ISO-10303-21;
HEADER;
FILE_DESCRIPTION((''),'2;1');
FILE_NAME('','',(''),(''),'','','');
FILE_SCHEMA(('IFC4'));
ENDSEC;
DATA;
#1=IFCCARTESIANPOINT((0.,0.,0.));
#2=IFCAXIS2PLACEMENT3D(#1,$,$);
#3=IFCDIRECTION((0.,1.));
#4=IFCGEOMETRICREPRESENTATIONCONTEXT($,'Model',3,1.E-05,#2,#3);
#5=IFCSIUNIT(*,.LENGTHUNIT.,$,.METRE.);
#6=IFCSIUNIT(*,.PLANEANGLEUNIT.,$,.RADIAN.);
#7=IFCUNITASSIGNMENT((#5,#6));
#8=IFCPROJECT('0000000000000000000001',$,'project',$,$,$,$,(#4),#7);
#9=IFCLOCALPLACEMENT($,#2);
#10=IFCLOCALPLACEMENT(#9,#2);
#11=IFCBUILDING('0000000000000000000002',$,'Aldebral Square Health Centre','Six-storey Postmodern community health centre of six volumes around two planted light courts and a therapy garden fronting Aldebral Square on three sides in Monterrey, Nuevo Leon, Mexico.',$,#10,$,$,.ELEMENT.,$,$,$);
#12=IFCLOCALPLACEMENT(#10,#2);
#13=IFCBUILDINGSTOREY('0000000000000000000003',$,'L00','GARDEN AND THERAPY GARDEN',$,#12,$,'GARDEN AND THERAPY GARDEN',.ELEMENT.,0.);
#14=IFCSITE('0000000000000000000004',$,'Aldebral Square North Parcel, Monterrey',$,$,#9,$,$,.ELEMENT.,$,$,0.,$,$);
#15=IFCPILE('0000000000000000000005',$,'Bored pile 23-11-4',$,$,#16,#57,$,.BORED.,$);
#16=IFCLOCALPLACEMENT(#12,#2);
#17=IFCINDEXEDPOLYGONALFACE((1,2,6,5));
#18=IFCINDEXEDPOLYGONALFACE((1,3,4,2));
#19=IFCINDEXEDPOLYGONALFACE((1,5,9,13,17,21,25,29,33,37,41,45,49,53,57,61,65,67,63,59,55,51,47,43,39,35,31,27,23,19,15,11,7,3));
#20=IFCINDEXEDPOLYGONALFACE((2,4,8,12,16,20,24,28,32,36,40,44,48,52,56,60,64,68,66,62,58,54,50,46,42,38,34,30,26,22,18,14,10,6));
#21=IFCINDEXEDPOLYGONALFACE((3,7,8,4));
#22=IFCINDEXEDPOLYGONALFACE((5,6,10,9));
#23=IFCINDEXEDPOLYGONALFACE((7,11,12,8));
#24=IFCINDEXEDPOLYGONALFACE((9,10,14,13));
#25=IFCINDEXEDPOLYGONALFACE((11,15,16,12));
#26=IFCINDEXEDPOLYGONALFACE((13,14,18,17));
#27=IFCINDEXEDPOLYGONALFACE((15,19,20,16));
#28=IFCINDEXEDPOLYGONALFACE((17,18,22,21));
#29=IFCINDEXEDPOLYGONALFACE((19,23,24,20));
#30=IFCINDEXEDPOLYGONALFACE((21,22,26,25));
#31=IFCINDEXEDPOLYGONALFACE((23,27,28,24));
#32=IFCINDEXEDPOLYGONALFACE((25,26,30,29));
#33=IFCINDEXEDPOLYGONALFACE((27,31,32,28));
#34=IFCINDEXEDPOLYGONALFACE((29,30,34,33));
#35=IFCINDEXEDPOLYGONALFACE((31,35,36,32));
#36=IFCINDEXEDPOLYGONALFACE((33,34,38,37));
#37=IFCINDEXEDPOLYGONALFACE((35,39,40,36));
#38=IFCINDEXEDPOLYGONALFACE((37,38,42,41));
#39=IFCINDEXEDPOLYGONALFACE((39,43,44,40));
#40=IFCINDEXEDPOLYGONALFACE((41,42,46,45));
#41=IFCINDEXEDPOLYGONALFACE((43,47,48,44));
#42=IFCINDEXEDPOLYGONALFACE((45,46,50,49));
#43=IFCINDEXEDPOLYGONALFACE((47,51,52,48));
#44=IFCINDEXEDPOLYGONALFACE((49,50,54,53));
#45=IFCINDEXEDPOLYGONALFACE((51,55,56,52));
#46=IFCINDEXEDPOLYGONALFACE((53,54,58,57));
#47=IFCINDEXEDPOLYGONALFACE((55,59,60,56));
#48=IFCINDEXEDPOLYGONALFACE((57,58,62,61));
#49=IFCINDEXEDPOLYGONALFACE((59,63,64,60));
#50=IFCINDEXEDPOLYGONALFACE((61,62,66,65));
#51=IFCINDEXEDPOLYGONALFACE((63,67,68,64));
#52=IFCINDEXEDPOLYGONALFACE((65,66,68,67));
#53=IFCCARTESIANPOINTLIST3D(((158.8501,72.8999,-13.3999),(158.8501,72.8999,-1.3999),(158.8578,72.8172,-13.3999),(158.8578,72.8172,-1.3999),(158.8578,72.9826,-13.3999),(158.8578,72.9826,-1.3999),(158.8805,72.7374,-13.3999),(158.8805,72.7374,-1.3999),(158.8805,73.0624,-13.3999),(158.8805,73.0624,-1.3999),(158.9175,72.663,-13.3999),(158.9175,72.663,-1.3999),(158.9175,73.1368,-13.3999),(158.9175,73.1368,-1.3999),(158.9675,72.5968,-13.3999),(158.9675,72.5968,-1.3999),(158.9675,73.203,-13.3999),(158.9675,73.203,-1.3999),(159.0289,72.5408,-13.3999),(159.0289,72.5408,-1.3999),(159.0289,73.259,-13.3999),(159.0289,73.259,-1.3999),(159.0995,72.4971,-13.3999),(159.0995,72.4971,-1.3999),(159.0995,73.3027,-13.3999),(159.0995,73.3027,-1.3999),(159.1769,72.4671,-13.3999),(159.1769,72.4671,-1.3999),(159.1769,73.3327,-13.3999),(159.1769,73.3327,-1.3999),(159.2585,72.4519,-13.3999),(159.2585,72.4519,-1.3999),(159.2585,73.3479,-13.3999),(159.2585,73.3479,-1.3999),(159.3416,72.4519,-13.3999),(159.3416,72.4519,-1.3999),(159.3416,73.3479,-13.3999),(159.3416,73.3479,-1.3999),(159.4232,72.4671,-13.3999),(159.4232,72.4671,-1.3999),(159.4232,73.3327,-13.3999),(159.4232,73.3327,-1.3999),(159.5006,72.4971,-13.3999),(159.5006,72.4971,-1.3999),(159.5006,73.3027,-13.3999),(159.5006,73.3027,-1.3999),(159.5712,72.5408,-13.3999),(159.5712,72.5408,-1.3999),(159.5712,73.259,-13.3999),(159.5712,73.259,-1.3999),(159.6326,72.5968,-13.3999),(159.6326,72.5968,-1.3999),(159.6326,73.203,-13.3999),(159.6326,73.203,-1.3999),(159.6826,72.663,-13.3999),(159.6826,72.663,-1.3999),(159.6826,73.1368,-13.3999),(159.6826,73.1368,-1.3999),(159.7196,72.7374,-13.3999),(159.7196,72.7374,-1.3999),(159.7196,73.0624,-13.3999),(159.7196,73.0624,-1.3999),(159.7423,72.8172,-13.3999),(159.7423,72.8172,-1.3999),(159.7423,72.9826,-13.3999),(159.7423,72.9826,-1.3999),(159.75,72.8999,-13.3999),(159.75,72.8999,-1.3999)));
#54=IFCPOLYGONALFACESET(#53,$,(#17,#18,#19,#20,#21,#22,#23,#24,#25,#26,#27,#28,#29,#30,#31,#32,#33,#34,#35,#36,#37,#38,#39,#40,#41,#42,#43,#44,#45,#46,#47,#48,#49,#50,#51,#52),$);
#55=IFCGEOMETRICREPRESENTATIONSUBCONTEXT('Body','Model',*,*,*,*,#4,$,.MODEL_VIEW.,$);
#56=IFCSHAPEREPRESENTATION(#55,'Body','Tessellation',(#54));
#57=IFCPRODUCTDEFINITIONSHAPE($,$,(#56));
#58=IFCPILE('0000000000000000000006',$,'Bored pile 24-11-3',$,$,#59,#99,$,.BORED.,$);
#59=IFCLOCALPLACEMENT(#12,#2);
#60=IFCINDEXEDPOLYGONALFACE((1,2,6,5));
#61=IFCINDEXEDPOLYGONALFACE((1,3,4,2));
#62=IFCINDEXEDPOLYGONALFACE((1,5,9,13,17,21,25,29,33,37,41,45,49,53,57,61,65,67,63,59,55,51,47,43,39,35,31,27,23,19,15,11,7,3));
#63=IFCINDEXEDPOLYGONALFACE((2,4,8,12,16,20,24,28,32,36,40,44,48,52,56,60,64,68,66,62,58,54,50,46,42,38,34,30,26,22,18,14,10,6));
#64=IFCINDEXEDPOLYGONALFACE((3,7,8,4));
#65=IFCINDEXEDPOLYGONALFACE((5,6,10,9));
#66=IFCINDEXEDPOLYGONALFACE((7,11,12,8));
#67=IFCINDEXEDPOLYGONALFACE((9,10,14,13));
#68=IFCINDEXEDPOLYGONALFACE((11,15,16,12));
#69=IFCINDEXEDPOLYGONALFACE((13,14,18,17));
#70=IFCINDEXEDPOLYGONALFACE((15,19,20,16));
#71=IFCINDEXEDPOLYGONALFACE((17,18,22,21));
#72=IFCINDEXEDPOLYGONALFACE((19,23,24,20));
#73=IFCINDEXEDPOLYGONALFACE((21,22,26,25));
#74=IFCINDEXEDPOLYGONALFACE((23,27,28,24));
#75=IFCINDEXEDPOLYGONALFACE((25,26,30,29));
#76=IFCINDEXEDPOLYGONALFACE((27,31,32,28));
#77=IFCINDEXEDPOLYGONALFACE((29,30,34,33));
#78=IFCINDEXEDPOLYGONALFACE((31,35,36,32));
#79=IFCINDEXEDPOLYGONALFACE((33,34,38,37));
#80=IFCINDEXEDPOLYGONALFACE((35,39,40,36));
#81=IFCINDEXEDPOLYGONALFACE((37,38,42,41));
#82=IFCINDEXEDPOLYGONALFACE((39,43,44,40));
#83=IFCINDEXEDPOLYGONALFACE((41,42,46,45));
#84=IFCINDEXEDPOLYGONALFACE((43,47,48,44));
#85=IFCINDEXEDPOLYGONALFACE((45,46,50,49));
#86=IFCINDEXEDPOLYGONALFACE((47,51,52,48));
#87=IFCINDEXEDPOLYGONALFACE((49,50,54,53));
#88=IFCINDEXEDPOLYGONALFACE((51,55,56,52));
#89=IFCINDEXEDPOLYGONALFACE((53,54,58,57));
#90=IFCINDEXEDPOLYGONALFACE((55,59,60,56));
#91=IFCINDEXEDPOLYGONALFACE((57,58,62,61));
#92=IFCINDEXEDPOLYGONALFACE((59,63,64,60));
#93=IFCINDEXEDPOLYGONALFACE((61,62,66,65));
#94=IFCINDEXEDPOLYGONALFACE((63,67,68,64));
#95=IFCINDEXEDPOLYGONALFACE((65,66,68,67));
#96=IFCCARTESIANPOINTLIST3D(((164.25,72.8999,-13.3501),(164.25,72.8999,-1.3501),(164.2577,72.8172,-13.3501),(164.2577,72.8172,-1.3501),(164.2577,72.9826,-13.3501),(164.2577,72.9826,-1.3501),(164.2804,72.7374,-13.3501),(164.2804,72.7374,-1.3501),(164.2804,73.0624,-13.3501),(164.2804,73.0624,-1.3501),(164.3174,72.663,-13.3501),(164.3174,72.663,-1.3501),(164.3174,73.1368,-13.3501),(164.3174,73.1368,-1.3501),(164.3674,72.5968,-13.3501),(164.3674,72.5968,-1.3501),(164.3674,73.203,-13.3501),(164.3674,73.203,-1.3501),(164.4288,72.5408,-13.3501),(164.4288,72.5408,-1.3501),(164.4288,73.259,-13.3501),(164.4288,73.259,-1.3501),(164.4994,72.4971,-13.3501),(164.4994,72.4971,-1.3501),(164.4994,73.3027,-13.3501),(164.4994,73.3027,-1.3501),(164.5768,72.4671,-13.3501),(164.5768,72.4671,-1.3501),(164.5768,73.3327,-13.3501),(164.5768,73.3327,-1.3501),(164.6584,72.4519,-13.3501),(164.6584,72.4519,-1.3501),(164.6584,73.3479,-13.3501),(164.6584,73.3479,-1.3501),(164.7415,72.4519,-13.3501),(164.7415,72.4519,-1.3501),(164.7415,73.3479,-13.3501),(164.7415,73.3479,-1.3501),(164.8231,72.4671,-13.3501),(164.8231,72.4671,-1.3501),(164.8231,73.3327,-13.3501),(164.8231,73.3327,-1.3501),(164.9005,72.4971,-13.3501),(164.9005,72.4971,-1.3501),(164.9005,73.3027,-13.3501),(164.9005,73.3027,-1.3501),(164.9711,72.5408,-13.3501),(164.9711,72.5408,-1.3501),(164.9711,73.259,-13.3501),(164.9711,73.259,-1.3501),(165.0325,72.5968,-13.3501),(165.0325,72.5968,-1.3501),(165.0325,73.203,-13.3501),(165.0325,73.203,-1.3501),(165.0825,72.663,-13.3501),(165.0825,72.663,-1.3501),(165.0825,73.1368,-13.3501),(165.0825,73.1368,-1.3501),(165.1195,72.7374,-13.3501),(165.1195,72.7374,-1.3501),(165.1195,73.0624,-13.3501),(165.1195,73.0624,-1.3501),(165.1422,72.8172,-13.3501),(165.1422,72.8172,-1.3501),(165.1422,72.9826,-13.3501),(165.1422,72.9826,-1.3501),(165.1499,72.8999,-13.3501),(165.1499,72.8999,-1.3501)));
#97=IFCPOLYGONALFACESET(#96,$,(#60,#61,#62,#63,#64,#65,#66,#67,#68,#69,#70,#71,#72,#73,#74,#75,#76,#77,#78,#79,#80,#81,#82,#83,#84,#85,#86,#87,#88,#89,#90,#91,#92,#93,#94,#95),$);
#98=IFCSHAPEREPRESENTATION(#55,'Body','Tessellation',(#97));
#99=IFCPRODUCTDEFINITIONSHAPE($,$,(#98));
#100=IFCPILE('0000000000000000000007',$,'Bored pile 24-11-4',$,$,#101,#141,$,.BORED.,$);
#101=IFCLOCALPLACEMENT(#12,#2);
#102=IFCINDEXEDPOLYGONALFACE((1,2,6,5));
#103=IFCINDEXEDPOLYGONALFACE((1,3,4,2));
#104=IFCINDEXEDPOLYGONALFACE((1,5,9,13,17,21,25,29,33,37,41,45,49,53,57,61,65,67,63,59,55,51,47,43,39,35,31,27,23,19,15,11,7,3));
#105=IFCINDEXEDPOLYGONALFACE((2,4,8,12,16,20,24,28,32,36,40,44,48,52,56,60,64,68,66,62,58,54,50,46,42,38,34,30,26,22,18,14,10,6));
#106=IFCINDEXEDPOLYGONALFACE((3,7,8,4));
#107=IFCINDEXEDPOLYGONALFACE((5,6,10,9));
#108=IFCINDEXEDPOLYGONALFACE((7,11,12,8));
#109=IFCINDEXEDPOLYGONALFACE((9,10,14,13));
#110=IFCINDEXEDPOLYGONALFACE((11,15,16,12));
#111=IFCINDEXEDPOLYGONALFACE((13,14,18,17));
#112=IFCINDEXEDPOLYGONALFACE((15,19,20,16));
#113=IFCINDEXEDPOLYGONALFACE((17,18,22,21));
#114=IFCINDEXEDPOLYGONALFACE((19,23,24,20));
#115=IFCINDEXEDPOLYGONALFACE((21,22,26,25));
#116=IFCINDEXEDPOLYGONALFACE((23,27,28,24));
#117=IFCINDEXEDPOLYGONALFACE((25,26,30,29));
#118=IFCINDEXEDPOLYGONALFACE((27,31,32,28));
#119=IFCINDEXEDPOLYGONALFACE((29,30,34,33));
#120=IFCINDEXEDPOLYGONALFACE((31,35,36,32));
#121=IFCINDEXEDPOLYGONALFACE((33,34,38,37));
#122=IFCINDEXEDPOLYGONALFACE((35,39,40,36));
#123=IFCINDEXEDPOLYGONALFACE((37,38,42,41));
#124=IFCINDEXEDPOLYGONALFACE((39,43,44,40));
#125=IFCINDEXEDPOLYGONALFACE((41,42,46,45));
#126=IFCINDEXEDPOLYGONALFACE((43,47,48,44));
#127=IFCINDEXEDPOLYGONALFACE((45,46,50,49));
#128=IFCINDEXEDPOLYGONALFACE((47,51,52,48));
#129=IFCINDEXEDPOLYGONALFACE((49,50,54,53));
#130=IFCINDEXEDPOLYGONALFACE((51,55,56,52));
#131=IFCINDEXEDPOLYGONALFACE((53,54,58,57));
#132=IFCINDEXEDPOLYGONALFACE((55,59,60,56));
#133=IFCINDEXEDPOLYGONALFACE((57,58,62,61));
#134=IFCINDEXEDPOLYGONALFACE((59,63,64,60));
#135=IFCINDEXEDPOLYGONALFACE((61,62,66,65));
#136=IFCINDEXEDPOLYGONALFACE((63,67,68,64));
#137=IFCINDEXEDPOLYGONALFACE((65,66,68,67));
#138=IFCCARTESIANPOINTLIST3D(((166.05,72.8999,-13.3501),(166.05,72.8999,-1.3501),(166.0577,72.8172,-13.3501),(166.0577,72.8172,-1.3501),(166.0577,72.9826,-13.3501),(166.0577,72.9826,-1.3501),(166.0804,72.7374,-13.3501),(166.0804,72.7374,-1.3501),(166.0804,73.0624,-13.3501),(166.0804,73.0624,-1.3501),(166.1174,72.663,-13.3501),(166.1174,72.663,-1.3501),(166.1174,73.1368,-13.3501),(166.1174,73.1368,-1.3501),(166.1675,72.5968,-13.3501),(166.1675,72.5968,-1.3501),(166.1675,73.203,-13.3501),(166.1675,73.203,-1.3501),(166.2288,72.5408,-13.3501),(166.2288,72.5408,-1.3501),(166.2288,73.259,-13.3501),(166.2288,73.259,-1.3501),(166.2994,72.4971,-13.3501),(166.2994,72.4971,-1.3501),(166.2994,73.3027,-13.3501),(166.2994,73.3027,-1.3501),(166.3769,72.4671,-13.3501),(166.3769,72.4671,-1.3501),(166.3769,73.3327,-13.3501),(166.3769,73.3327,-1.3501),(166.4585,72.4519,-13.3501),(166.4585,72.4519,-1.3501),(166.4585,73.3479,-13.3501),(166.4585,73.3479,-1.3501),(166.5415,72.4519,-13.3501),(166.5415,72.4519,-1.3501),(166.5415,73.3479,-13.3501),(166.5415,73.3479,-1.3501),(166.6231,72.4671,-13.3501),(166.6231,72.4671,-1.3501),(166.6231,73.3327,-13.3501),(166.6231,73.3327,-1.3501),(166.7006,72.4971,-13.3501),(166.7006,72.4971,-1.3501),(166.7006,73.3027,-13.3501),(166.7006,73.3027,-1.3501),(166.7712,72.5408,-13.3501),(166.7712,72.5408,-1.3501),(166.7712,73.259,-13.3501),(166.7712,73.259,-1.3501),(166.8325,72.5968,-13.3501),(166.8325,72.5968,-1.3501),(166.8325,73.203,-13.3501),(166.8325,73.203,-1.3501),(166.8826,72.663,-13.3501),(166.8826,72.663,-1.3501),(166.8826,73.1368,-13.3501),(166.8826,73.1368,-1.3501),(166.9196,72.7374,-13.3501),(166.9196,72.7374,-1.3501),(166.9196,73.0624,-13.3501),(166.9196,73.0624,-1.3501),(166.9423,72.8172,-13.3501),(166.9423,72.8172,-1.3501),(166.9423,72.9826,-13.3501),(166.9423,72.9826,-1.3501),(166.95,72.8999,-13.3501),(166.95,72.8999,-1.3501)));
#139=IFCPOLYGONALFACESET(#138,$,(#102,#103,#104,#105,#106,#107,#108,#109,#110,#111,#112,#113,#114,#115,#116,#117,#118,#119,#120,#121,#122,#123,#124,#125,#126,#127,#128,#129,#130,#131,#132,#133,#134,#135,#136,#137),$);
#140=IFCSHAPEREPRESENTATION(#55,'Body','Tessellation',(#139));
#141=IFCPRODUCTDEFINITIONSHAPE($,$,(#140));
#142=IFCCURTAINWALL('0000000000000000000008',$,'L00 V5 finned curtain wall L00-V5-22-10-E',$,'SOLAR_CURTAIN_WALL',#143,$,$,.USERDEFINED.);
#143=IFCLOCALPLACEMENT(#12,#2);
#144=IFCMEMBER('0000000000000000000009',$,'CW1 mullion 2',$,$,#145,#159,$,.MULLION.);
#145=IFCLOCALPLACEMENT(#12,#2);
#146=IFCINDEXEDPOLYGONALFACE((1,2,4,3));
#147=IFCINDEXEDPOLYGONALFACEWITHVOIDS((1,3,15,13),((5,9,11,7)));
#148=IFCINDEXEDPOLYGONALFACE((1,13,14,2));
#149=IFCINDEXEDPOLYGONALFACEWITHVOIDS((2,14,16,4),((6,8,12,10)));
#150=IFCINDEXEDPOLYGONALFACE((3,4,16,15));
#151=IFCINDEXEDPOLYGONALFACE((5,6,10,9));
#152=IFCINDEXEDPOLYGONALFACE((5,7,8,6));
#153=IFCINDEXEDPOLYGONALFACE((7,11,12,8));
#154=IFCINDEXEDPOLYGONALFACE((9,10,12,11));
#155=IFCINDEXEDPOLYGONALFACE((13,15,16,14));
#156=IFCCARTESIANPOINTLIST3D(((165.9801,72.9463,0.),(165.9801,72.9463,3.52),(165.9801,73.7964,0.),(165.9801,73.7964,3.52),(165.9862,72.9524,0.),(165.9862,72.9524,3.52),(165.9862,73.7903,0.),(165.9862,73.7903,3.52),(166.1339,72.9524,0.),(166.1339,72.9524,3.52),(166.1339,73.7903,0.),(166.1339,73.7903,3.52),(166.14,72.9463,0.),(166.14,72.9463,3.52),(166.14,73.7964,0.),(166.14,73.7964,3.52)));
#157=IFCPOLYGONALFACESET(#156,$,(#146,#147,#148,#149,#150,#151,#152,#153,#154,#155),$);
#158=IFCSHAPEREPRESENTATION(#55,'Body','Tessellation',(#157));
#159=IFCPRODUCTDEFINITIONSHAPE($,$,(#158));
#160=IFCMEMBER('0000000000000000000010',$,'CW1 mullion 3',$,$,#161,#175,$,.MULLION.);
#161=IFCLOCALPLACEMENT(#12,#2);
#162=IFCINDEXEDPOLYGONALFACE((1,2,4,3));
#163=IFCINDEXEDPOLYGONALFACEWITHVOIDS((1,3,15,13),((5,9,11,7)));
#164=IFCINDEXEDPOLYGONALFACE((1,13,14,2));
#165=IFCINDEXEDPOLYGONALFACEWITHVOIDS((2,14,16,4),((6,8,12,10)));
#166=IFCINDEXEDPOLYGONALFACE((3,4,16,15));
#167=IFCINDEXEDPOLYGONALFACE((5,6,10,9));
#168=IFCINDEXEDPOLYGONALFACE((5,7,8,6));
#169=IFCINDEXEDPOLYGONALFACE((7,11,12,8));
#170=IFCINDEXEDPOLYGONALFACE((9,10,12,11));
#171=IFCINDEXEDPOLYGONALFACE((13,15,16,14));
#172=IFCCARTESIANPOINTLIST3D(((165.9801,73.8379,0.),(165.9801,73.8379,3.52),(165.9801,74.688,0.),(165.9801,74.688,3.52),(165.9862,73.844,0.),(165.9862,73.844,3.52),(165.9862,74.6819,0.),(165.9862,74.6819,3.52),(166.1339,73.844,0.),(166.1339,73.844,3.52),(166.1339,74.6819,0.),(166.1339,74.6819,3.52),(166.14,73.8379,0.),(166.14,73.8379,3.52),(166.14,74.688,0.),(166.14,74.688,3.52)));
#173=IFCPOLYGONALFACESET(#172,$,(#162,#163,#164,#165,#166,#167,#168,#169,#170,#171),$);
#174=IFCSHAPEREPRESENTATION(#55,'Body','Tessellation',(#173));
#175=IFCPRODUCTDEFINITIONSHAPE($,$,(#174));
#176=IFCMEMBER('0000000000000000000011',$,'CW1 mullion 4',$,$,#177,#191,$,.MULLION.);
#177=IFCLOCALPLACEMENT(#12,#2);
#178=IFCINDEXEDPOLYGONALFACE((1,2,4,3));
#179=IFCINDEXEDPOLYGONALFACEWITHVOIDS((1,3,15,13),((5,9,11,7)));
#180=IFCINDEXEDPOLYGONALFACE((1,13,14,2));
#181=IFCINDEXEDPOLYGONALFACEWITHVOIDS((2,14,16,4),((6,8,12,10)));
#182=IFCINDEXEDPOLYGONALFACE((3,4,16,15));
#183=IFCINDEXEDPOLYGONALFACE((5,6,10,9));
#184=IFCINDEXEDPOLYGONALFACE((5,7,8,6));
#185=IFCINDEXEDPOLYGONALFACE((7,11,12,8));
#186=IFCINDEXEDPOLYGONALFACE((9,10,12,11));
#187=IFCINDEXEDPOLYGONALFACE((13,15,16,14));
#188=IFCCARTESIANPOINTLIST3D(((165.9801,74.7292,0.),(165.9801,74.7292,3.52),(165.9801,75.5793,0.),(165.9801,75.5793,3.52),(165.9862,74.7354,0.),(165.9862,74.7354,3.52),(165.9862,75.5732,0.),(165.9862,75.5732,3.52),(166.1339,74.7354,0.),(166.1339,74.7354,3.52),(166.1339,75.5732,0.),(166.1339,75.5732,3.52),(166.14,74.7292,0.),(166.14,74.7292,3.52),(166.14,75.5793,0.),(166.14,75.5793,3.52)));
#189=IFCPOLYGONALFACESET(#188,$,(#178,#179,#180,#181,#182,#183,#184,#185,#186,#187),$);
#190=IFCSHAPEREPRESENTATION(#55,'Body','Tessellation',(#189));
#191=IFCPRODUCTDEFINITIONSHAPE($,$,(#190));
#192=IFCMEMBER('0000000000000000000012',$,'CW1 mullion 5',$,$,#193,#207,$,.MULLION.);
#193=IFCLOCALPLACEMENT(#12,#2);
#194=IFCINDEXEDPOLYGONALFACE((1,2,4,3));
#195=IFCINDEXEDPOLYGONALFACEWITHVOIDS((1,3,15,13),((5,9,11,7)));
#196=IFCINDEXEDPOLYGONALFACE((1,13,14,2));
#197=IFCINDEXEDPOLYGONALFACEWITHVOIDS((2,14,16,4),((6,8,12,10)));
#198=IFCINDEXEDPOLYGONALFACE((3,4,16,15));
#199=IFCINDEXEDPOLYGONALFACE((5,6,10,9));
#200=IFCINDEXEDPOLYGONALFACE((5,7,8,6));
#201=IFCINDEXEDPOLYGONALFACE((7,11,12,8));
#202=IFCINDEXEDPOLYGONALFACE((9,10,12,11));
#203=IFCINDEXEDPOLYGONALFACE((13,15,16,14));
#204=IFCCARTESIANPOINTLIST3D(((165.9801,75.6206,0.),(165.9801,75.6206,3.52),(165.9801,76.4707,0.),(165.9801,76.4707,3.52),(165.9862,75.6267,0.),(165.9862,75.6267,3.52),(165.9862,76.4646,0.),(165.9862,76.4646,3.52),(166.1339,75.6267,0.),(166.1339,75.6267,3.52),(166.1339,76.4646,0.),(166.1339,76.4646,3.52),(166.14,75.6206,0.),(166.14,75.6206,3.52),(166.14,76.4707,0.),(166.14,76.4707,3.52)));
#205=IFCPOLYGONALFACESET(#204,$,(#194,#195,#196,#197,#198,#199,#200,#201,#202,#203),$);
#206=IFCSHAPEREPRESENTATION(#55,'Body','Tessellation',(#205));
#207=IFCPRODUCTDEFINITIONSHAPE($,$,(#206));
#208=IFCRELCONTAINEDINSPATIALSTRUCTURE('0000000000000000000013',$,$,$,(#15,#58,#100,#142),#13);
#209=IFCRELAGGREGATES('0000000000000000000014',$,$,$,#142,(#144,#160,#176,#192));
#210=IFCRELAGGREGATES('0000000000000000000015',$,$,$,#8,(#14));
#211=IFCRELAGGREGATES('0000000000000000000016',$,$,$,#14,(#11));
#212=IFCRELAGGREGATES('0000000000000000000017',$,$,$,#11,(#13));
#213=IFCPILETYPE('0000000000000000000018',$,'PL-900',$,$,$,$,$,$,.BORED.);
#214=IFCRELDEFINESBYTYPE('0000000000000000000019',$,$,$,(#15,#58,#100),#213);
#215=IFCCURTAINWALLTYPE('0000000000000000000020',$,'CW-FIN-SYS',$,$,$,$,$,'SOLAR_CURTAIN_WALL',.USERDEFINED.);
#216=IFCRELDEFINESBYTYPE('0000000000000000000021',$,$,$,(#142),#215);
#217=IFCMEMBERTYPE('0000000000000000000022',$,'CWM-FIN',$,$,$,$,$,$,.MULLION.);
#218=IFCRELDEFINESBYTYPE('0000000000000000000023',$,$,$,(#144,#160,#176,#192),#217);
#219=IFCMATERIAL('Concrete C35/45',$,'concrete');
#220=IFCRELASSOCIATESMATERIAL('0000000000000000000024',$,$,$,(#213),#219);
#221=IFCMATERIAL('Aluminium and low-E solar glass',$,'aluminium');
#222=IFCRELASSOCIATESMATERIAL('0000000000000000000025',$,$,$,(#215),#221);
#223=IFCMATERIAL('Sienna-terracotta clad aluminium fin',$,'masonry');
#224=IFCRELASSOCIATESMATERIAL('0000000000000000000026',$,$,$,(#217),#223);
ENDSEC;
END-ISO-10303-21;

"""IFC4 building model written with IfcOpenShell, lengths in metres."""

from ifc_helpers import new_model, si_unit, direction, frame, origin, origin_2d, place, context, subcontext, project, spatial, hollow_rectangle, circle, extrude, material, material_profile, profile_set, type_object, element, aggregate, save


model = new_model("IFC4")

# Units and contexts
model_context = context("Model", 3, precision=1e-05, world=origin(), true_north=direction((0.0, 1.0)))
body_context = subcontext(model_context, "Body", "Model", "MODEL_VIEW")
ifc_project = project(units=[si_unit("LENGTHUNIT", "METRE"), si_unit("PLANEANGLEUNIT", "RADIAN")], contexts=[model_context])

# Site, building, storey
site_placement = place(None, origin())
site = spatial("IfcSite", under=ifc_project, at=site_placement, Name="Aldebral Square North Parcel, Monterrey", CompositionType="ELEMENT", RefElevation=0.0)
building_placement = place(site_placement, origin())
building = spatial("IfcBuilding", under=site, at=building_placement, Name="Aldebral Square Health Centre", Description="Six-storey Postmodern community health centre of six volumes around two planted light courts and a therapy garden fronting Aldebral Square on three sides in Monterrey, Nuevo Leon, Mexico.", CompositionType="ELEMENT")
storey_placement = place(building_placement, origin())
storey = spatial("IfcBuildingStorey", under=building, at=storey_placement, Name="L00", Description="GARDEN AND THERAPY GARDEN", LongName="GARDEN AND THERAPY GARDEN", CompositionType="ELEMENT", Elevation=0.0)

# Piles
ifc_material_1 = material(Name="Concrete C35/45", Category="concrete")
ifc_material_profile_1 = material_profile(ifc_material_1, circle(Radius=0.45, at=origin_2d()), Name="PILE D900")
ifc_profile_set_1 = profile_set([ifc_material_profile_1], Name="Concrete C35/45")
pile_type = type_object("IfcPileType", Name="PL-900", PredefinedType="BORED", material=ifc_profile_set_1)
for number, where, z_axis, x_axis, name in (
    (1, (159.3, 72.8999, -1.3999), (0.0, 0.0, -1.0), (1.0, 0.0, 0.0), "Bored pile 23-11-4"),
    (2, (164.7, 72.8999, -1.3501), (0.0, 0.0, -1.0), (1.0, 0.0, 0.0), "Bored pile 24-11-3"),
    (3, (166.5, 72.8999, -1.3501), (0.0, 0.0, -1.0), (1.0, 0.0, 0.0), "Bored pile 24-11-4"),
):
    element("IfcPile", number, at=place(storey_placement, frame(where, z_axis=z_axis, x_axis=x_axis)), inside=storey, type_object=pile_type, Name=name, PredefinedType="BORED", context=body_context, shape_type="SweptSolid", body=[
        extrude(circle(Radius=0.45, at=origin_2d()), origin(), (0.0, 0.0, 1.0), 12.0),
    ])

# Curtain wall, members
ifc_material_2 = material(Name="Aluminium and low-E solar glass", Category="aluminium")
curtain_wall_type = type_object("IfcCurtainWallType", Name="CW-FIN-SYS", ElementType="SOLAR_CURTAIN_WALL", PredefinedType="USERDEFINED", material=ifc_material_2)
curtain_wall_placement = place(storey_placement, origin())
curtain_wall = element("IfcCurtainWall", 4, at=curtain_wall_placement, inside=storey, type_object=curtain_wall_type, Name="L00 V5 finned curtain wall L00-V5-22-10-E", ObjectType="SOLAR_CURTAIN_WALL", PredefinedType="USERDEFINED")
ifc_material_3 = material(Name="Sienna-terracotta clad aluminium fin", Category="masonry")
ifc_material_profile_2 = material_profile(ifc_material_3, hollow_rectangle(XDim=0.1599, YDim=0.8501, WallThickness=0.0061, at=origin_2d()), Name="FIN 160x850x6")
ifc_profile_set_2 = profile_set([ifc_material_profile_2], Name="Sienna-terracotta clad aluminium fin")
member_type_1 = type_object("IfcMemberType", Name="CWM-FIN", PredefinedType="MULLION", material=ifc_profile_set_2)
member_1_placement = place(storey_placement, frame((166.0601, 73.3713, 0.0), z_axis=(0.0, 0.0, 1.0), x_axis=(-1.0, 0.0, 0.0)))
member_1 = element("IfcMember", 5, at=member_1_placement, type_object=member_type_1, Name="CW1 mullion 2", PredefinedType="MULLION", context=body_context, shape_type="SweptSolid", body=[
    extrude(hollow_rectangle(XDim=0.1599, YDim=0.8501, WallThickness=0.0061, at=origin_2d()), origin(), (0.0, 0.0, 1.0), 3.52),
])
member_2_placement = place(storey_placement, frame((166.0601, 74.2629, 0.0), z_axis=(0.0, 0.0, 1.0), x_axis=(-1.0, 0.0, 0.0)))
member_2 = element("IfcMember", 6, at=member_2_placement, type_object=member_type_1, Name="CW1 mullion 3", PredefinedType="MULLION", context=body_context, shape_type="SweptSolid", body=[
    extrude(hollow_rectangle(XDim=0.1599, YDim=0.8501, WallThickness=0.0061, at=origin_2d()), origin(), (0.0, 0.0, 1.0), 3.52),
])
member_3_placement = place(storey_placement, frame((166.0601, 75.1543, 0.0), z_axis=(0.0, 0.0, 1.0), x_axis=(-1.0, 0.0, 0.0)))
member_3 = element("IfcMember", 7, at=member_3_placement, type_object=member_type_1, Name="CW1 mullion 4", PredefinedType="MULLION", context=body_context, shape_type="SweptSolid", body=[
    extrude(hollow_rectangle(XDim=0.1599, YDim=0.8501, WallThickness=0.0061, at=origin_2d()), origin(), (0.0, 0.0, 1.0), 3.52),
])
member_4_placement = place(storey_placement, frame((166.0601, 76.0457, 0.0), z_axis=(0.0, 0.0, 1.0), x_axis=(-1.0, 0.0, 0.0)))
member_4 = element("IfcMember", 8, at=member_4_placement, type_object=member_type_1, Name="CW1 mullion 5", PredefinedType="MULLION", context=body_context, shape_type="SweptSolid", body=[
    extrude(hollow_rectangle(XDim=0.1599, YDim=0.8501, WallThickness=0.0061, at=origin_2d()), origin(), (0.0, 0.0, 1.0), 3.52),
])
aggregate(curtain_wall, [member_1, member_2, member_3, member_4])

save(model, "model.ifc")
